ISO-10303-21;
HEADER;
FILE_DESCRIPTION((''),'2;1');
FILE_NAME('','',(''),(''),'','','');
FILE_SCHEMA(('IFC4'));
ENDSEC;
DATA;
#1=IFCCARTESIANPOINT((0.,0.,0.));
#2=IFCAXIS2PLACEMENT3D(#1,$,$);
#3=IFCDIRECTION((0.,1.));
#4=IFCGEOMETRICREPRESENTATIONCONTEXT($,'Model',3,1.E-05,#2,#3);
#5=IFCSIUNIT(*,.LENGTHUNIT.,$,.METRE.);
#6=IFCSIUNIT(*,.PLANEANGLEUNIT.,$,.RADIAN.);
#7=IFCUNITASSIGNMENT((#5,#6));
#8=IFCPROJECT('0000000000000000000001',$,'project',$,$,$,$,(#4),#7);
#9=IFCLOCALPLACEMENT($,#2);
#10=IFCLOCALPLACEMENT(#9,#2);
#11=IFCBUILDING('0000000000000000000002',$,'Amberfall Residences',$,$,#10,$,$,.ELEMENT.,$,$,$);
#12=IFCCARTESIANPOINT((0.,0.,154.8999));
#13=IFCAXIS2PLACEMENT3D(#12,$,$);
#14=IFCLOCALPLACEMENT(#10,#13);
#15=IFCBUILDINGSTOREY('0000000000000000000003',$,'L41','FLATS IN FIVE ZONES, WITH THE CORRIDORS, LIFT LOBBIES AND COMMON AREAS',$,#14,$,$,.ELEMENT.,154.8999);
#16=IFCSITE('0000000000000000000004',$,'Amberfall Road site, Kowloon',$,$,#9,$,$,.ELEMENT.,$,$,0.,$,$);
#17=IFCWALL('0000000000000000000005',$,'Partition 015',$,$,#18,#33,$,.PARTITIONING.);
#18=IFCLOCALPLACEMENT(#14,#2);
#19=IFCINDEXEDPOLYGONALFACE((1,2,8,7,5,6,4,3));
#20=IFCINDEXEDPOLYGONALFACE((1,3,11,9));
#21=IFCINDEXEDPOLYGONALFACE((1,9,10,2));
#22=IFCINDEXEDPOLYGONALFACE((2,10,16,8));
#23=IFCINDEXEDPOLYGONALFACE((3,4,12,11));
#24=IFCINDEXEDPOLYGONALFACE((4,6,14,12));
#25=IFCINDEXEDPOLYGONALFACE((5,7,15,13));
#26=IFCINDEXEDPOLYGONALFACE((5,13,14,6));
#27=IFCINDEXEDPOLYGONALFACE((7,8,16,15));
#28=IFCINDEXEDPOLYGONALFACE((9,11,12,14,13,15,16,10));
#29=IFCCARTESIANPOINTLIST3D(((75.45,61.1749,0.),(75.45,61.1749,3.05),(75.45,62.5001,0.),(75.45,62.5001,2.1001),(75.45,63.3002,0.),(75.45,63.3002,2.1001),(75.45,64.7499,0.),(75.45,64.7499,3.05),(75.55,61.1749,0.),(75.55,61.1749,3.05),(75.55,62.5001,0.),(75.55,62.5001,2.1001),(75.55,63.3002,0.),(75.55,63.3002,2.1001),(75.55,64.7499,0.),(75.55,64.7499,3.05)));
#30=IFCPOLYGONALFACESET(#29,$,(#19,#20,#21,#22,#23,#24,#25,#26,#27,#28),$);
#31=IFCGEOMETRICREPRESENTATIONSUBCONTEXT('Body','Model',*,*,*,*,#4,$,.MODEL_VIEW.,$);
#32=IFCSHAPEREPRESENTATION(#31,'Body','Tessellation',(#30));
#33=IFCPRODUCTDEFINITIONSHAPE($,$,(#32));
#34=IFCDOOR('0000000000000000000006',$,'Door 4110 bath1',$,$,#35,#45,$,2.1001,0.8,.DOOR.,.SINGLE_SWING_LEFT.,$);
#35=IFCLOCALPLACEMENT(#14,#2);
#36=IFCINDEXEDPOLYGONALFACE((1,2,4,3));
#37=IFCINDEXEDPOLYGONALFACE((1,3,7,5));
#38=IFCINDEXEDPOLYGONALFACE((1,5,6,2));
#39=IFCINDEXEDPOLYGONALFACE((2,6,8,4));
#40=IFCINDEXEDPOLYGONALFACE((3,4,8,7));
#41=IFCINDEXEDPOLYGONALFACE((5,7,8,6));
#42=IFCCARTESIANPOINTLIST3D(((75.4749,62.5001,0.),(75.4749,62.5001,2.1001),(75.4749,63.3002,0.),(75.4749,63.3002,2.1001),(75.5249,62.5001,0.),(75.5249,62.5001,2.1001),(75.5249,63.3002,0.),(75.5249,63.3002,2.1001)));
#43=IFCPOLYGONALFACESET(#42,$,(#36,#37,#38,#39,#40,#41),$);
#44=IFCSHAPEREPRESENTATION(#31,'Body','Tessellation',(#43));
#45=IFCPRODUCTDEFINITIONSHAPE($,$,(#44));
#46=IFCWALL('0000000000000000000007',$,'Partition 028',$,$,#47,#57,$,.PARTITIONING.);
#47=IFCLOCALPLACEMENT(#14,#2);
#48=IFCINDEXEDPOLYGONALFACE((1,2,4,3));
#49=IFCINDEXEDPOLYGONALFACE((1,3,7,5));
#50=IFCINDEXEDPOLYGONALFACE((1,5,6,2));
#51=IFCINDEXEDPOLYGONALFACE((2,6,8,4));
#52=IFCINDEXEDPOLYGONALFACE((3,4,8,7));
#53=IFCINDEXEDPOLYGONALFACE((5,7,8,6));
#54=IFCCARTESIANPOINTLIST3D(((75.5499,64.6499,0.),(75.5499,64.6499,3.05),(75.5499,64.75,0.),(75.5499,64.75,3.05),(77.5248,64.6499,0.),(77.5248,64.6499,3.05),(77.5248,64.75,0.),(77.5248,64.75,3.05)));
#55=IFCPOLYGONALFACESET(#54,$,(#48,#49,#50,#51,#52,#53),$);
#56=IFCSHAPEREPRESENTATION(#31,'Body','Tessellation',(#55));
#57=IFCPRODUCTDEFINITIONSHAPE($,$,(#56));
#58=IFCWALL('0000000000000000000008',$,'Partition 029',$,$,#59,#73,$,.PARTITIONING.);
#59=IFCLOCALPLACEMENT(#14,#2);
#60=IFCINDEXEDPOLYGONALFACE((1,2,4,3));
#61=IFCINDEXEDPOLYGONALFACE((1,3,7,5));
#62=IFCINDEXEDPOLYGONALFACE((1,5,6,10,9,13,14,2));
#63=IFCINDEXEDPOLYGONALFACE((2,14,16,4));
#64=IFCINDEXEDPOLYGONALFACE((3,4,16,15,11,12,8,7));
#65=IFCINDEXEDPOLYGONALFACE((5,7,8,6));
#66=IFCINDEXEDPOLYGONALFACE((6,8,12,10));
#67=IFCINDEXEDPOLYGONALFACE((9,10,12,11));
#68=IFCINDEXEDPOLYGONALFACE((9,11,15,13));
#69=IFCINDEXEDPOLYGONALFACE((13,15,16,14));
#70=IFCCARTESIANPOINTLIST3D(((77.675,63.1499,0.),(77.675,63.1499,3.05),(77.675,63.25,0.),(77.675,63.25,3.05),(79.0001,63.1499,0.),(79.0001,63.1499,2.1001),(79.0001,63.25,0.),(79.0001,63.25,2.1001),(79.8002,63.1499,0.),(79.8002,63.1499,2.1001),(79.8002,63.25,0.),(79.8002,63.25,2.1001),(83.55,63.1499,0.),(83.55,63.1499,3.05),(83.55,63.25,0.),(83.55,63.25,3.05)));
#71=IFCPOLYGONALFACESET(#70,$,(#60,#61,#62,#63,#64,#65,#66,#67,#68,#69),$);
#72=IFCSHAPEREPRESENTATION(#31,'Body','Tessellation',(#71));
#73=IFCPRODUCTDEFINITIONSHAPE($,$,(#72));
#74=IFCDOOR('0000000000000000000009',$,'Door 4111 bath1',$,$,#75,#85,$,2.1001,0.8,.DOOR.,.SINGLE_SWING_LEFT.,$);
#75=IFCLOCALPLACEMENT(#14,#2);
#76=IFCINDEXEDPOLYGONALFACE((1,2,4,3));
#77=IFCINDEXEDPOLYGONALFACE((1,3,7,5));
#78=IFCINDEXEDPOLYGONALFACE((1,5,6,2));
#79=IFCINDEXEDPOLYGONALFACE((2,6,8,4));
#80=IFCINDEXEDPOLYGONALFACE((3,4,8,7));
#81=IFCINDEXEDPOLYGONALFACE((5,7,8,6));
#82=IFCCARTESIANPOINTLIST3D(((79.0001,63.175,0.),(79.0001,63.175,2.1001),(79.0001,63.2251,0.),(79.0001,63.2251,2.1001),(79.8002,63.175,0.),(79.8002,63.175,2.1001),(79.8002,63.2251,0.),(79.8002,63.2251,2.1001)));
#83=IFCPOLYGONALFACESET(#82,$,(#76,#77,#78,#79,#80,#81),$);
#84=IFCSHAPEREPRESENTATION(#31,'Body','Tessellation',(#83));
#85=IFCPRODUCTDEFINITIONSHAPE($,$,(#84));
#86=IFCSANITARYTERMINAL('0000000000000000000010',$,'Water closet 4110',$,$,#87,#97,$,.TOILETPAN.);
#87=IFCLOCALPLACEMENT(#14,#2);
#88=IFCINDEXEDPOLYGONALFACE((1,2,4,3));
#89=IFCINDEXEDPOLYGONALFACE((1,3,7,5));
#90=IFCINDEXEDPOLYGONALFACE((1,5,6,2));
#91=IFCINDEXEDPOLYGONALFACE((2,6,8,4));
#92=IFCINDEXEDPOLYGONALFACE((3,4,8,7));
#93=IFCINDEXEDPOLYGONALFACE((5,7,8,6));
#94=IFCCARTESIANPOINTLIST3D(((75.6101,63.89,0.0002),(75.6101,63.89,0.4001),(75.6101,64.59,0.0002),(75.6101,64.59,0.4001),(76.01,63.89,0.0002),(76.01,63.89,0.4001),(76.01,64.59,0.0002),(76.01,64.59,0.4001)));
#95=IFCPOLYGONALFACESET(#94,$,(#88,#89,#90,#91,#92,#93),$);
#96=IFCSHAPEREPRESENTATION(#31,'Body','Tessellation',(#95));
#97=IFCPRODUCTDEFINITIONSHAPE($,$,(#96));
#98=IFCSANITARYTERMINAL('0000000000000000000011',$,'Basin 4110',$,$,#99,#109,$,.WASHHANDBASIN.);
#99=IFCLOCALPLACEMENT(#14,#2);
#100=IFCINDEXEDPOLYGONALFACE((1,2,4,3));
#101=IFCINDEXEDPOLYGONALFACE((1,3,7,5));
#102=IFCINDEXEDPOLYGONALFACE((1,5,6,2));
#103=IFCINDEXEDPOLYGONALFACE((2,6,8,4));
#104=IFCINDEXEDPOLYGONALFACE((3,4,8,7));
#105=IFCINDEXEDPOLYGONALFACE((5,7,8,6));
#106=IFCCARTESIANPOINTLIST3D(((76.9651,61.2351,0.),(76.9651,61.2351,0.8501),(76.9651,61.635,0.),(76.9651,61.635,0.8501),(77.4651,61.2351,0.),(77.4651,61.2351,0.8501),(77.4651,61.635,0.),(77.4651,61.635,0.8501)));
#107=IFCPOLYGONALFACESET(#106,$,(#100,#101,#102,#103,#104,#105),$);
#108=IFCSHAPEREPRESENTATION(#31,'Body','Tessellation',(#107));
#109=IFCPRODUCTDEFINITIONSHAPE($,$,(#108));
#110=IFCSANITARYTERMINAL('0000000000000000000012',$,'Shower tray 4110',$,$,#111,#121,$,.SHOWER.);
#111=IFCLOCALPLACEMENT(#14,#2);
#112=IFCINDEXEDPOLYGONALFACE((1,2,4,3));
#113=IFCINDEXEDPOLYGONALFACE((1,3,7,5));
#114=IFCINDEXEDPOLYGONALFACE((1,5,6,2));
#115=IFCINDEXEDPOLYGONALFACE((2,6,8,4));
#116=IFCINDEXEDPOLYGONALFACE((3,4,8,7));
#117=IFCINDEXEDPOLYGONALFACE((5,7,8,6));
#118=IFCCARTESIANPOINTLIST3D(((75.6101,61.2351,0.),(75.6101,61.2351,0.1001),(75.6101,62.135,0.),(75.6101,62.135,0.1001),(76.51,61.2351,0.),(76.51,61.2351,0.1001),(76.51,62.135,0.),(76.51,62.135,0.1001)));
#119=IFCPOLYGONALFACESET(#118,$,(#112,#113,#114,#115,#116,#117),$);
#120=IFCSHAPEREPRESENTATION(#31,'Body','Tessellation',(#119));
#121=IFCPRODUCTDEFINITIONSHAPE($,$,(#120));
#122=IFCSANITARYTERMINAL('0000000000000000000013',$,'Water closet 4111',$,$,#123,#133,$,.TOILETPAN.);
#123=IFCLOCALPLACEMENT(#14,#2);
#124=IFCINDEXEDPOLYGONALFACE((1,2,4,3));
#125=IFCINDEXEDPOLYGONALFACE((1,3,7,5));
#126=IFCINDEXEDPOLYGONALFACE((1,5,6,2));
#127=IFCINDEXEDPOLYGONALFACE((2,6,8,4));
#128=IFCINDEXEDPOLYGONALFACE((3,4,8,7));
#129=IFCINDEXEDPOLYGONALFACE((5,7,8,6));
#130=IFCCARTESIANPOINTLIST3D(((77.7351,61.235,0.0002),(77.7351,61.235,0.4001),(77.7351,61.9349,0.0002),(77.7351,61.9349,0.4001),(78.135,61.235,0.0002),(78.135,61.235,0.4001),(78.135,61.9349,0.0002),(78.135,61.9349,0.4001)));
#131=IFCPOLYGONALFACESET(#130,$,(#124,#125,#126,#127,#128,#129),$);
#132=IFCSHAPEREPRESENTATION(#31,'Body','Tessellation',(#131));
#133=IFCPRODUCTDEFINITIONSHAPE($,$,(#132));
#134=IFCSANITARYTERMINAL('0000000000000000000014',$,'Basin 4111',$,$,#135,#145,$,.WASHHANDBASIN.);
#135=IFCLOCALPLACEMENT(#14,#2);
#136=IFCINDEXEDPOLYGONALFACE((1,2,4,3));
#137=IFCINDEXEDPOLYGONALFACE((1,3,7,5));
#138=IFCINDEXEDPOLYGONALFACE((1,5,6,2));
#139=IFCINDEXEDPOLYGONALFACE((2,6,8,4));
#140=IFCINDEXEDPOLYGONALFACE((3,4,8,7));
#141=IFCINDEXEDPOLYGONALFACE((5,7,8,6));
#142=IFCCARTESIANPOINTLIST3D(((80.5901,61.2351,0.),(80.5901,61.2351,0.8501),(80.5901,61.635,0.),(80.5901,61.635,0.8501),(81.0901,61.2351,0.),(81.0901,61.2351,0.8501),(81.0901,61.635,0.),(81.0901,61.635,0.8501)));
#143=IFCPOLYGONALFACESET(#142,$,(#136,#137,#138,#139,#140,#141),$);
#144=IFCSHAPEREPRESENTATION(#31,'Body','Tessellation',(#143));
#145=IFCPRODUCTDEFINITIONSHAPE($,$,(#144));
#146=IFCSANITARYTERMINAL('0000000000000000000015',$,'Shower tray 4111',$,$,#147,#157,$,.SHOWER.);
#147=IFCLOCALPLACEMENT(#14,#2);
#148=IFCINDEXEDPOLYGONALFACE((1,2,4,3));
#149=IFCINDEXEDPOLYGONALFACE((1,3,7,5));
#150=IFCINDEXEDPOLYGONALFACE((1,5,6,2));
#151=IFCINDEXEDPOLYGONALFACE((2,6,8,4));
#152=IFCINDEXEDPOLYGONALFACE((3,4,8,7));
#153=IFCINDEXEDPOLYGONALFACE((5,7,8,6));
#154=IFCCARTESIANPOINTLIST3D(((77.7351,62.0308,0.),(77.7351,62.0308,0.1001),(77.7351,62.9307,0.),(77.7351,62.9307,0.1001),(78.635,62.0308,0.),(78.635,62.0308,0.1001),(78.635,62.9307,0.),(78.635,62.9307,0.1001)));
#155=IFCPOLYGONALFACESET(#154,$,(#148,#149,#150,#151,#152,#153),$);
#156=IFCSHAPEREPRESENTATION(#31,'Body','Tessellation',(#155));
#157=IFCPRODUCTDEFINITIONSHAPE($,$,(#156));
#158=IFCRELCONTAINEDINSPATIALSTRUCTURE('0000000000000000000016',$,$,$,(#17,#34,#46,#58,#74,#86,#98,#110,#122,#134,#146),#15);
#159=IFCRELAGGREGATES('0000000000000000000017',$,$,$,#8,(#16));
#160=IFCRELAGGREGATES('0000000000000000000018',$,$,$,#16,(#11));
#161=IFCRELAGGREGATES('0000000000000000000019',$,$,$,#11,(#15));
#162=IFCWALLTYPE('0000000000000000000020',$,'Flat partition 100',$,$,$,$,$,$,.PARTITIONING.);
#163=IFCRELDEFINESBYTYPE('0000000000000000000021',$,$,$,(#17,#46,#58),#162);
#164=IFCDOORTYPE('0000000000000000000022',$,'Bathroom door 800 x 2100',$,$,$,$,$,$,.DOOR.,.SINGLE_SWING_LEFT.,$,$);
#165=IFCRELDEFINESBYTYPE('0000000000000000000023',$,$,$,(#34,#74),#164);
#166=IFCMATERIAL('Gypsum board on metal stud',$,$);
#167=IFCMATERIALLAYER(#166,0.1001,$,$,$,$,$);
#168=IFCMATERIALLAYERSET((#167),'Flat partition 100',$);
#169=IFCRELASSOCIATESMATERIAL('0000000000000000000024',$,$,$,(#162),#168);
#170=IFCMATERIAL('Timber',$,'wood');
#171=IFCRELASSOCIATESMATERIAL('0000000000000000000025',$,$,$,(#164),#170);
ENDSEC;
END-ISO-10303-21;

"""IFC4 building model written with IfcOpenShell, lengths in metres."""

from ifc_helpers import new_model, si_unit, direction, frame, frame_2d, origin, origin_2d, place, context, subcontext, project, spatial, rectangle, extrude, material, layer, layer_set, type_object, element, fill, save


model = new_model("IFC4")

# Units and contexts
model_context = context("Model", 3, precision=1e-05, world=origin(), true_north=direction((0.0, 1.0)))
body_context = subcontext(model_context, "Body", "Model", "MODEL_VIEW")
ifc_project = project(units=[si_unit("LENGTHUNIT", "METRE"), si_unit("PLANEANGLEUNIT", "RADIAN")], contexts=[model_context])

# Site, building, storey
site_placement = place(None, origin())
site = spatial("IfcSite", under=ifc_project, at=site_placement, Name="Amberfall Road site, Kowloon", CompositionType="ELEMENT", RefElevation=0.0)
building_placement = place(site_placement, origin())
building = spatial("IfcBuilding", under=site, at=building_placement, Name="Amberfall Residences", CompositionType="ELEMENT")
storey_placement = place(building_placement, frame((0.0, 0.0, 154.8999)))
storey = spatial("IfcBuildingStorey", under=building, at=storey_placement, Name="L41", Description="FLATS IN FIVE ZONES, WITH THE CORRIDORS, LIFT LOBBIES AND COMMON AREAS", CompositionType="ELEMENT", Elevation=154.8999)

# Wall, opening, door
ifc_material_1 = material(Name="Gypsum board on metal stud")
ifc_layer_1 = layer(ifc_material_1, 0.1001)
ifc_layer_set_1 = layer_set([ifc_layer_1], Name="Flat partition 100")
wall_type = type_object("IfcWallType", Name="Flat partition 100", PredefinedType="PARTITIONING", material=ifc_layer_set_1)
wall_1_placement = place(storey_placement, frame((75.5, 64.75, 0.0), z_axis=(0.0, 0.0, 1.0), x_axis=(0.0, -1.0, 0.0)))
wall_1 = element("IfcWall", 1, at=wall_1_placement, inside=storey, type_object=wall_type, Name="Partition 015", PredefinedType="PARTITIONING", context=body_context, shape_type="SweptSolid", body=[
    extrude(rectangle(XDim=3.575, YDim=0.1001, at=frame_2d((1.7876, 0.0))), origin(), (0.0, 0.0, 1.0), 3.05),
])
opening_1_placement = place(wall_1_placement, frame((1.45, 0.0, 0.0)))
opening_1 = element("IfcOpeningElement", 2, at=opening_1_placement, cuts=wall_1, PredefinedType="OPENING", context=body_context, shape_type="SweptSolid", body=[
    extrude(rectangle(XDim=0.8, YDim=2.1001, at=frame_2d((0.3999, 1.05))), frame((0.0, 0.0601, 0.0), z_axis=(0.0, -1.0, 0.0), x_axis=(1.0, 0.0, 0.0)), (0.0, 0.0, 1.0), 0.1201),
])
ifc_material_2 = material(Name="Timber", Category="wood")
door_type = type_object("IfcDoorType", Name="Bathroom door 800 x 2100", OperationType="SINGLE_SWING_LEFT", PredefinedType="DOOR", material=ifc_material_2)
door_1_placement = place(opening_1_placement, origin())
door_1 = element("IfcDoor", 3, at=door_1_placement, inside=storey, type_object=door_type, Name="Door 4110 bath1", OperationType="SINGLE_SWING_LEFT", OverallHeight=2.1001, OverallWidth=0.8, PredefinedType="DOOR", context=body_context, shape_type="SweptSolid", body=[
    extrude(rectangle(XDim=0.8, YDim=2.1001, at=frame_2d((0.3999, 1.05))), frame((0.0, 0.0249, 0.0), z_axis=(0.0, -1.0, 0.0), x_axis=(1.0, 0.0, 0.0)), (0.0, 0.0, 1.0), 0.05),
])
fill(opening_1, door_1)

# Wall
wall_2_placement = place(storey_placement, frame((75.55, 64.7, 0.0), z_axis=(0.0, 0.0, 1.0), x_axis=(1.0, 0.0, 0.0)))
element("IfcWall", 4, at=wall_2_placement, inside=storey, type_object=wall_type, Name="Partition 028", PredefinedType="PARTITIONING", context=body_context, shape_type="SweptSolid", body=[
    extrude(rectangle(XDim=1.9749, YDim=0.1001, at=frame_2d((0.9873, 0.0))), origin(), (0.0, 0.0, 1.0), 3.05),
])

# Wall, opening, door
wall_3_placement = place(storey_placement, frame((83.55, 63.2, 0.0), z_axis=(0.0, 0.0, 1.0), x_axis=(-1.0, 0.0, 0.0)))
wall_3 = element("IfcWall", 5, at=wall_3_placement, inside=storey, type_object=wall_type, Name="Partition 029", PredefinedType="PARTITIONING", context=body_context, shape_type="SweptSolid", body=[
    extrude(rectangle(XDim=5.875, YDim=0.1001, at=frame_2d((2.9375, 0.0))), origin(), (0.0, 0.0, 1.0), 3.05),
])
opening_2_placement = place(wall_3_placement, frame((3.75, 0.0, 0.0)))
opening_2 = element("IfcOpeningElement", 6, at=opening_2_placement, cuts=wall_3, PredefinedType="OPENING", context=body_context, shape_type="SweptSolid", body=[
    extrude(rectangle(XDim=0.8, YDim=2.1001, at=frame_2d((0.3999, 1.05))), frame((0.0, 0.0601, 0.0), z_axis=(0.0, -1.0, 0.0), x_axis=(1.0, 0.0, 0.0)), (0.0, 0.0, 1.0), 0.1201),
])
door_2_placement = place(opening_2_placement, origin())
door_2 = element("IfcDoor", 7, at=door_2_placement, inside=storey, type_object=door_type, Name="Door 4111 bath1", OperationType="SINGLE_SWING_LEFT", OverallHeight=2.1001, OverallWidth=0.8, PredefinedType="DOOR", context=body_context, shape_type="SweptSolid", body=[
    extrude(rectangle(XDim=0.8, YDim=2.1001, at=frame_2d((0.3999, 1.05))), frame((0.0, 0.0249, 0.0), z_axis=(0.0, -1.0, 0.0), x_axis=(1.0, 0.0, 0.0)), (0.0, 0.0, 1.0), 0.05),
])
fill(opening_2, door_2)

# Sanitary terminals
sanitary_terminal_1_placement = place(storey_placement, frame((75.8101, 64.24, 0.0002), z_axis=(0.0, 0.0, 1.0), x_axis=(1.0, 0.0, 0.0)))
element("IfcSanitaryTerminal", 8, at=sanitary_terminal_1_placement, inside=storey, Name="Water closet 4110", PredefinedType="TOILETPAN", context=body_context, shape_type="SweptSolid", body=[
    extrude(rectangle(XDim=0.3999, YDim=0.7, at=origin_2d()), origin(), (0.0, 0.0, 1.0), 0.3999),
])
sanitary_terminal_2_placement = place(storey_placement, frame((77.2151, 61.4351, 0.0), z_axis=(0.0, 0.0, 1.0), x_axis=(1.0, 0.0, 0.0)))
element("IfcSanitaryTerminal", 9, at=sanitary_terminal_2_placement, inside=storey, Name="Basin 4110", PredefinedType="WASHHANDBASIN", context=body_context, shape_type="SweptSolid", body=[
    extrude(rectangle(XDim=0.5, YDim=0.3999, at=origin_2d()), origin(), (0.0, 0.0, 1.0), 0.8501),
])
sanitary_terminal_3_placement = place(storey_placement, frame((76.0601, 61.6851, 0.0), z_axis=(0.0, 0.0, 1.0), x_axis=(1.0, 0.0, 0.0)))
element("IfcSanitaryTerminal", 10, at=sanitary_terminal_3_placement, inside=storey, Name="Shower tray 4110", PredefinedType="SHOWER", context=body_context, shape_type="SweptSolid", body=[
    extrude(rectangle(XDim=0.8999, YDim=0.8999, at=origin_2d()), origin(), (0.0, 0.0, 1.0), 0.1001),
])
sanitary_terminal_4_placement = place(storey_placement, frame((77.9351, 61.585, 0.0002), z_axis=(0.0, 0.0, 1.0), x_axis=(1.0, 0.0, 0.0)))
element("IfcSanitaryTerminal", 11, at=sanitary_terminal_4_placement, inside=storey, Name="Water closet 4111", PredefinedType="TOILETPAN", context=body_context, shape_type="SweptSolid", body=[
    extrude(rectangle(XDim=0.3999, YDim=0.7, at=origin_2d()), origin(), (0.0, 0.0, 1.0), 0.3999),
])
sanitary_terminal_5_placement = place(storey_placement, frame((80.8401, 61.4351, 0.0), z_axis=(0.0, 0.0, 1.0), x_axis=(1.0, 0.0, 0.0)))
element("IfcSanitaryTerminal", 12, at=sanitary_terminal_5_placement, inside=storey, Name="Basin 4111", PredefinedType="WASHHANDBASIN", context=body_context, shape_type="SweptSolid", body=[
    extrude(rectangle(XDim=0.5, YDim=0.3999, at=origin_2d()), origin(), (0.0, 0.0, 1.0), 0.8501),
])
sanitary_terminal_6_placement = place(storey_placement, frame((78.1851, 62.4807, 0.0), z_axis=(0.0, 0.0, 1.0), x_axis=(1.0, 0.0, 0.0)))
element("IfcSanitaryTerminal", 13, at=sanitary_terminal_6_placement, inside=storey, Name="Shower tray 4111", PredefinedType="SHOWER", context=body_context, shape_type="SweptSolid", body=[
    extrude(rectangle(XDim=0.8999, YDim=0.8999, at=origin_2d()), origin(), (0.0, 0.0, 1.0), 0.1001),
])

save(model, "model.ifc")
